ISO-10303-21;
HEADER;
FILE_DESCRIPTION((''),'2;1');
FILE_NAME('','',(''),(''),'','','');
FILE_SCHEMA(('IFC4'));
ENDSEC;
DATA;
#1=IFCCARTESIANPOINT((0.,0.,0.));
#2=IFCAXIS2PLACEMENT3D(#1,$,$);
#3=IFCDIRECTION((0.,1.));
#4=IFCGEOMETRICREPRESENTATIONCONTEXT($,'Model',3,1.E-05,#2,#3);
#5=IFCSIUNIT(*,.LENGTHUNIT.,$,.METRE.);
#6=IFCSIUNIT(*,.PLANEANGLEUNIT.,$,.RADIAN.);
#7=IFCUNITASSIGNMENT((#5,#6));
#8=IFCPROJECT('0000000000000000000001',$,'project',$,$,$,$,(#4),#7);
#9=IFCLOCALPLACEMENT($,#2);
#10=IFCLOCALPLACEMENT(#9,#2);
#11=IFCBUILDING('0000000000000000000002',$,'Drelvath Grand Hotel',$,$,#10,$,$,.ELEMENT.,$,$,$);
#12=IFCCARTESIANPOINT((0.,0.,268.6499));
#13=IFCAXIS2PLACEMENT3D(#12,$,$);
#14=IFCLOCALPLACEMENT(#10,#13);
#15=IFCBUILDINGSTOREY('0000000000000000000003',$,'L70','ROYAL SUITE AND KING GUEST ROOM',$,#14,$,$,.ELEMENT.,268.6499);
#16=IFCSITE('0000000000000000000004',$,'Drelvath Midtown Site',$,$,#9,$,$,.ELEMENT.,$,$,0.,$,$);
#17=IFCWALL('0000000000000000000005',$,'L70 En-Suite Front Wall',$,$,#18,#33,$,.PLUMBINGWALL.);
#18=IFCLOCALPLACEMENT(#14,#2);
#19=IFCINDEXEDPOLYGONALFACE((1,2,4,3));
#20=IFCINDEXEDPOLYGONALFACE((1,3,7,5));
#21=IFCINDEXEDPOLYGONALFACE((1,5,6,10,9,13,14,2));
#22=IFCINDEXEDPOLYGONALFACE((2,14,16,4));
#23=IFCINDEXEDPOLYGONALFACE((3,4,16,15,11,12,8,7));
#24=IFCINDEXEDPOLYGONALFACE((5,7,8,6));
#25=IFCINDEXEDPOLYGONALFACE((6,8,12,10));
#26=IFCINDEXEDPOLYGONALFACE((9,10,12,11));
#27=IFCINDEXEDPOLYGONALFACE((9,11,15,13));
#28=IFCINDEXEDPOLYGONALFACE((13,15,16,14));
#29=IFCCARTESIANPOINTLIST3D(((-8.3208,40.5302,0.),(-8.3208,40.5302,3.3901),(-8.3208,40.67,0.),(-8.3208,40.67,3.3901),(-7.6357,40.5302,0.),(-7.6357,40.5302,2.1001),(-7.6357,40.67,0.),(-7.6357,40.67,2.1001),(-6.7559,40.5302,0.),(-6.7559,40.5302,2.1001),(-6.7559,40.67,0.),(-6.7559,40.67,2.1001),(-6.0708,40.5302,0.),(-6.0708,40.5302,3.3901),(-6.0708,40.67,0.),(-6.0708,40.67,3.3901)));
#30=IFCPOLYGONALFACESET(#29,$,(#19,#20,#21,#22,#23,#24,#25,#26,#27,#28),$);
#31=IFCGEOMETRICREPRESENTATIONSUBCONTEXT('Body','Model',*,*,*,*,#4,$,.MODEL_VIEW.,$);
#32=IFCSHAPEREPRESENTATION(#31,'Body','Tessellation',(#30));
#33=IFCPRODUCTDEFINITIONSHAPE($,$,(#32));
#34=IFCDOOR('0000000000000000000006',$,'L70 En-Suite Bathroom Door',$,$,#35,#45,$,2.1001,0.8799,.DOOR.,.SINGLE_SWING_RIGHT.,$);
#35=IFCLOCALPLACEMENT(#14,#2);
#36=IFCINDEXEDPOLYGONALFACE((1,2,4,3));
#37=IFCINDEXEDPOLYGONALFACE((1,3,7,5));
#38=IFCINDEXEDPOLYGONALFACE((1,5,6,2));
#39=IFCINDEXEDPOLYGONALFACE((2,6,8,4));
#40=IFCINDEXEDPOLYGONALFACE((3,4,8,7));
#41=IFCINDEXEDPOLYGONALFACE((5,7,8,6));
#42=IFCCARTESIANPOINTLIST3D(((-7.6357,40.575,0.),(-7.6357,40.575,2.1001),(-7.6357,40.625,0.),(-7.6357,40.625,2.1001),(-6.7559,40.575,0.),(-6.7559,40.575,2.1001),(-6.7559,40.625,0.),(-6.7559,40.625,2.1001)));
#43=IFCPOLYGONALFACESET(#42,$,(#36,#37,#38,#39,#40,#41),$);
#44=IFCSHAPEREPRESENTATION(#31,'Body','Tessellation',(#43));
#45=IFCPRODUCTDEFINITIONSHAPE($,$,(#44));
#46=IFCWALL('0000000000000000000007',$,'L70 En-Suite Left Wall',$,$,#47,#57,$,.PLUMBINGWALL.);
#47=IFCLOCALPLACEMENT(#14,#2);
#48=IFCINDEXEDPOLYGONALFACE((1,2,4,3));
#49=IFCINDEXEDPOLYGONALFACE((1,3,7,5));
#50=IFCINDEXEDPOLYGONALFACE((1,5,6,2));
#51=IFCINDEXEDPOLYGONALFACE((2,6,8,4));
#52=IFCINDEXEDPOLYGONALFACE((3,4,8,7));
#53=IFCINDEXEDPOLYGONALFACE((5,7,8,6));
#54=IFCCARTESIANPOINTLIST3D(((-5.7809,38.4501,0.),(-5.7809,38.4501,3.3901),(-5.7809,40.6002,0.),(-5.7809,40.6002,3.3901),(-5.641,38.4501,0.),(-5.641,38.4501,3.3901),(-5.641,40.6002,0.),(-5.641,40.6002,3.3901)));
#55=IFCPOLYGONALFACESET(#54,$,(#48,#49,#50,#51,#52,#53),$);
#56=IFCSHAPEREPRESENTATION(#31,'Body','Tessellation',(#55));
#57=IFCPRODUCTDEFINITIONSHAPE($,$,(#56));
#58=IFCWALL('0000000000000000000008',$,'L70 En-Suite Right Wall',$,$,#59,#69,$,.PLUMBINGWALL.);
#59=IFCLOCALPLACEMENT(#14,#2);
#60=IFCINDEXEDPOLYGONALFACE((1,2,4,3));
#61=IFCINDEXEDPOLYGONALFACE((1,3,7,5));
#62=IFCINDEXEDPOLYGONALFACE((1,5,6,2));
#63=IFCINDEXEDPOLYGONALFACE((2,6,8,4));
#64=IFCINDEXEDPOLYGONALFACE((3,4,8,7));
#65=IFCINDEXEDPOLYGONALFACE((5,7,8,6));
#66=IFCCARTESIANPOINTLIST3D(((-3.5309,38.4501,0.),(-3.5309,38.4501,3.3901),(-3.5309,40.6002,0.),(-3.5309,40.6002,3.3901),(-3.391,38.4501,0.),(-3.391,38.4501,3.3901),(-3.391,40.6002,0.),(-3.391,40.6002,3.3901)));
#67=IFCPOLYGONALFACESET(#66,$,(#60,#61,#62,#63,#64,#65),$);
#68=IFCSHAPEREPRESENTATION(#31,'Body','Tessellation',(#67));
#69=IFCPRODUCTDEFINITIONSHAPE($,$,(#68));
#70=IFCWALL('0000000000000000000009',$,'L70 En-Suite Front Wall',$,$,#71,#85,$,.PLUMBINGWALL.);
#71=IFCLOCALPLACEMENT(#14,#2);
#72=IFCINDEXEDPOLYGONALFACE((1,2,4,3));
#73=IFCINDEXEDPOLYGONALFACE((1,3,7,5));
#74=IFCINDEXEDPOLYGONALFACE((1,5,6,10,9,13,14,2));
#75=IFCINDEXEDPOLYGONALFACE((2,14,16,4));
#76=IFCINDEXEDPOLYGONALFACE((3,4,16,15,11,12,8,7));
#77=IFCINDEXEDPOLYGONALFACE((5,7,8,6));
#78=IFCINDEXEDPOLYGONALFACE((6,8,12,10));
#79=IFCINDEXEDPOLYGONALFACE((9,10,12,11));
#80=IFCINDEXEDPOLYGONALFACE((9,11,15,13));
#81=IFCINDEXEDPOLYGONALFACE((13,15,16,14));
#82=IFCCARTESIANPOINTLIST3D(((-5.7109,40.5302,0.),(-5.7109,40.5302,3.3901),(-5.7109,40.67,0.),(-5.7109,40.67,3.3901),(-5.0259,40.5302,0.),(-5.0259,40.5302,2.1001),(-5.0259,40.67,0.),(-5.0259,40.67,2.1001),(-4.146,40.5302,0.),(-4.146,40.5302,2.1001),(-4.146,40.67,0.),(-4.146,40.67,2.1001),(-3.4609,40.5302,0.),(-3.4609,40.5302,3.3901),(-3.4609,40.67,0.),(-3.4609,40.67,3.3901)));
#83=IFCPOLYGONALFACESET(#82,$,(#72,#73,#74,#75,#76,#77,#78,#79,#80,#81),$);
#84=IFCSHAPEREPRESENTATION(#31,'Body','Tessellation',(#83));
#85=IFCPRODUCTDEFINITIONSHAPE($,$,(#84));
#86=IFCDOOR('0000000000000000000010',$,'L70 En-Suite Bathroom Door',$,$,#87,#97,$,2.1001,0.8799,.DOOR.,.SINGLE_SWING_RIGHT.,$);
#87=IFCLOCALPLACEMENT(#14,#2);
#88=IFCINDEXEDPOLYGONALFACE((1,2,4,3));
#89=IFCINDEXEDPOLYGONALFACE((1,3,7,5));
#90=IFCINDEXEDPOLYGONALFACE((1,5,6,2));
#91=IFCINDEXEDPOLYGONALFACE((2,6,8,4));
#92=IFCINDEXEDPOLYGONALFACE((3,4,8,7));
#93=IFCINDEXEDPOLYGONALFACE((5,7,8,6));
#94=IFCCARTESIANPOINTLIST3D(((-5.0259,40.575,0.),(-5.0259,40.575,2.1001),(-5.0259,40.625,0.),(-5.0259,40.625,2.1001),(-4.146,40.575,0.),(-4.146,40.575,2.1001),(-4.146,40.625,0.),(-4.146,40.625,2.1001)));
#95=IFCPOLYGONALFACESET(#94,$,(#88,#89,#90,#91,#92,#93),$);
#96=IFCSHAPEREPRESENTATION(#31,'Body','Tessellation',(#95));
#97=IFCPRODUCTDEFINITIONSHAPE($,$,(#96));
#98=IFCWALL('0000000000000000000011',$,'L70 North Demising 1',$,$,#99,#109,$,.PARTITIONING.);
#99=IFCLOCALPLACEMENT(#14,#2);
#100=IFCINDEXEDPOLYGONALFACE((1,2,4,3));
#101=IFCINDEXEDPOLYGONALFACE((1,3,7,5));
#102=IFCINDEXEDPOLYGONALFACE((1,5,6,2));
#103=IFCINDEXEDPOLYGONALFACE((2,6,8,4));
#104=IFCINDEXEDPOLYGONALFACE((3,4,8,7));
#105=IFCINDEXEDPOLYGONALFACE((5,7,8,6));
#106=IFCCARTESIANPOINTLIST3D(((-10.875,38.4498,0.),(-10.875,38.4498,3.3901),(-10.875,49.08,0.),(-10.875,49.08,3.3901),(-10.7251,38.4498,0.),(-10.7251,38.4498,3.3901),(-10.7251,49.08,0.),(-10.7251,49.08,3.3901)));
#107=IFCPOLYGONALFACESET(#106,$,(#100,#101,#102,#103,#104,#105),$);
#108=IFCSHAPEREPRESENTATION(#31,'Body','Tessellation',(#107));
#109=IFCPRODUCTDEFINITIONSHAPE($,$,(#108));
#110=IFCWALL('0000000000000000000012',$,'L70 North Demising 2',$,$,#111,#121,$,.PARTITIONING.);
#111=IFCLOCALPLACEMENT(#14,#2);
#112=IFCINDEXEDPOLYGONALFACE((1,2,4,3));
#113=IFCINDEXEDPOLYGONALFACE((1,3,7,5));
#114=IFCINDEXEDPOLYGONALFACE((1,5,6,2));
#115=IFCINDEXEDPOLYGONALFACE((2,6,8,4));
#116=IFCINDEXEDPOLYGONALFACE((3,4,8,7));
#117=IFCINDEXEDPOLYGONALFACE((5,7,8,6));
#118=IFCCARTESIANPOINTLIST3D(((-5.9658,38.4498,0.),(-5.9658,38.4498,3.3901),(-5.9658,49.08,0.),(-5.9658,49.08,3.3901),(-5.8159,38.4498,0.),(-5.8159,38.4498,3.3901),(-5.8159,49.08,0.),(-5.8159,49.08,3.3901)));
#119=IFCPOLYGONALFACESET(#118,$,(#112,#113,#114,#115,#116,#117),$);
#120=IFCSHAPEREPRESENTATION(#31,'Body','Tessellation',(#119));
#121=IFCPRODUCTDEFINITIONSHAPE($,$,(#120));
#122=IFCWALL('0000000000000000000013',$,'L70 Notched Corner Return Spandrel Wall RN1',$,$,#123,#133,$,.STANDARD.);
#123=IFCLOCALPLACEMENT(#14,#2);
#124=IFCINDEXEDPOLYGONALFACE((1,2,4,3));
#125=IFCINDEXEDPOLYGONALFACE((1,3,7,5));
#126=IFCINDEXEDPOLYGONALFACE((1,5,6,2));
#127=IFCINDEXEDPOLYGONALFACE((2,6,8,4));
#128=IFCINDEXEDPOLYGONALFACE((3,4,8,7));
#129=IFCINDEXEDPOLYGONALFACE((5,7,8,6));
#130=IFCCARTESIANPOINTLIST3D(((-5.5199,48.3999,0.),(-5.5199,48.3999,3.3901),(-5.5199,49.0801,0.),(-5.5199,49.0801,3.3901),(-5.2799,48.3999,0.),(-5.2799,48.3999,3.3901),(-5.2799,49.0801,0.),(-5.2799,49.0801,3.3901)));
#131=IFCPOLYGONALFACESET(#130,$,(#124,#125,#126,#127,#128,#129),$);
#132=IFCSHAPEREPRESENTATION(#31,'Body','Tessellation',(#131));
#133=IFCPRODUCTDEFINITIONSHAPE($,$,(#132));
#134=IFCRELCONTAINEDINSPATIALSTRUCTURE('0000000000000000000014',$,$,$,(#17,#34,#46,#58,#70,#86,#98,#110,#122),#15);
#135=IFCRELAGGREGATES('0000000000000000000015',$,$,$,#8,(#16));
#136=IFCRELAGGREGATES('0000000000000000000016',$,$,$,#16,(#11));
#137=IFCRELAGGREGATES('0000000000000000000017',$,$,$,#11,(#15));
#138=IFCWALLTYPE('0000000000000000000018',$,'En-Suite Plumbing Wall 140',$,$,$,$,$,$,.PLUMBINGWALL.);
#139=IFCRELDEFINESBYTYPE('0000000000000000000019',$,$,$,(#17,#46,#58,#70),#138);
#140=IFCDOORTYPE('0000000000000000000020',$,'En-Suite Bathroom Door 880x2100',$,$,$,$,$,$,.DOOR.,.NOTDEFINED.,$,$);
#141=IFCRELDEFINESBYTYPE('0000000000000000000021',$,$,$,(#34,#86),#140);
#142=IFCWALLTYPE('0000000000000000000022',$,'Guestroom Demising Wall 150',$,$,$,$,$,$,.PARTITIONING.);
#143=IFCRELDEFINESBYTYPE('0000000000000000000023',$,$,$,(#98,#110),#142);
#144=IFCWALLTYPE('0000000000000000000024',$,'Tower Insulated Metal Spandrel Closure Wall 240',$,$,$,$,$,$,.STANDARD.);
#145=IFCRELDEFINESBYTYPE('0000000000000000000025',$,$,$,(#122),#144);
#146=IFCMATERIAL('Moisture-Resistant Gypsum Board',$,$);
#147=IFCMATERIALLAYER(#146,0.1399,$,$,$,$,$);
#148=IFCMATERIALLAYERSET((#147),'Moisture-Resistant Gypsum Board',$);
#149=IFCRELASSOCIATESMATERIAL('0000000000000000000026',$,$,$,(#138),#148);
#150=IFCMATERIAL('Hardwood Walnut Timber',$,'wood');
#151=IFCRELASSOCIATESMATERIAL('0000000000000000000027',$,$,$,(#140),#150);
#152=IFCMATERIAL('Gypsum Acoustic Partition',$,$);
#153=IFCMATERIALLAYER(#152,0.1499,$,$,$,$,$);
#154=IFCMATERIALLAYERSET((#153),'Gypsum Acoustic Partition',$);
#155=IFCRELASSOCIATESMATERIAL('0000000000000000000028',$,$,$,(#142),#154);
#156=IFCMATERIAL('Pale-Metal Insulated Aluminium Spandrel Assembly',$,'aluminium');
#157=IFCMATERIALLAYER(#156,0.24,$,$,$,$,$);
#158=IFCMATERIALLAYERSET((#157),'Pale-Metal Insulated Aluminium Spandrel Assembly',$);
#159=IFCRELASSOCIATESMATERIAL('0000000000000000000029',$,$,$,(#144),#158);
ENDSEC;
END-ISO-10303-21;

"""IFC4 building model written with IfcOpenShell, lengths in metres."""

from ifc_helpers import new_model, si_unit, direction, frame, frame_2d, origin, place, context, subcontext, project, spatial, rectangle, extrude, material, layer, layer_set, type_object, element, fill, save


model = new_model("IFC4")

# Units and contexts
model_context = context("Model", 3, precision=1e-05, world=origin(), true_north=direction((0.0, 1.0)))
body_context = subcontext(model_context, "Body", "Model", "MODEL_VIEW")
ifc_project = project(units=[si_unit("LENGTHUNIT", "METRE"), si_unit("PLANEANGLEUNIT", "RADIAN")], contexts=[model_context])

# Site, building, storey
site_placement = place(None, origin())
site = spatial("IfcSite", under=ifc_project, at=site_placement, Name="Drelvath Midtown Site", CompositionType="ELEMENT", RefElevation=0.0)
building_placement = place(site_placement, origin())
building = spatial("IfcBuilding", under=site, at=building_placement, Name="Drelvath Grand Hotel", CompositionType="ELEMENT")
storey_placement = place(building_placement, frame((0.0, 0.0, 268.6499)))
storey = spatial("IfcBuildingStorey", under=building, at=storey_placement, Name="L70", Description="ROYAL SUITE AND KING GUEST ROOM", CompositionType="ELEMENT", Elevation=268.6499)

# Shared definitions
ifc_material_1 = material(Name="Moisture-Resistant Gypsum Board")
ifc_layer_1 = layer(ifc_material_1, 0.1399)
ifc_layer_set_1 = layer_set([ifc_layer_1], Name="Moisture-Resistant Gypsum Board")
wall_type_1 = type_object("IfcWallType", Name="En-Suite Plumbing Wall 140", PredefinedType="PLUMBINGWALL", material=ifc_layer_set_1)

# Wall, opening, door
wall_1_placement = place(storey_placement, frame((-8.3208, 40.6001, 0.0), z_axis=(0.0, 0.0, 1.0), x_axis=(1.0, 0.0, 0.0)))
wall_1 = element("IfcWall", 1, at=wall_1_placement, inside=storey, type_object=wall_type_1, Name="L70 En-Suite Front Wall", PredefinedType="PLUMBINGWALL", context=body_context, shape_type="SweptSolid", body=[
    extrude(rectangle(XDim=2.25, YDim=0.1399, at=frame_2d((1.125, 0.0))), origin(), (0.0, 0.0, 1.0), 3.3901),
])
opening_1_placement = place(wall_1_placement, frame((0.6851, 0.0, 0.0)))
opening_1 = element("IfcOpeningElement", 2, at=opening_1_placement, cuts=wall_1, PredefinedType="OPENING", context=body_context, shape_type="SweptSolid", body=[
    extrude(rectangle(XDim=0.8799, YDim=2.1001, at=frame_2d((0.4399, 1.05))), frame((0.0, 0.0798, 0.0), z_axis=(0.0, -1.0, 0.0), x_axis=(1.0, 0.0, 0.0)), (0.0, 0.0, 1.0), 0.1599),
])
ifc_material_2 = material(Name="Hardwood Walnut Timber", Category="wood")
door_type = type_object("IfcDoorType", Name="En-Suite Bathroom Door 880x2100", OperationType="NOTDEFINED", PredefinedType="DOOR", material=ifc_material_2)
door_1_placement = place(opening_1_placement, origin())
door_1 = element("IfcDoor", 3, at=door_1_placement, inside=storey, type_object=door_type, Name="L70 En-Suite Bathroom Door", OperationType="SINGLE_SWING_RIGHT", OverallHeight=2.1001, OverallWidth=0.8799, PredefinedType="DOOR", context=body_context, shape_type="SweptSolid", body=[
    extrude(rectangle(XDim=0.8799, YDim=2.1001, at=frame_2d((0.4399, 1.05))), frame((0.0, 0.0249, 0.0), z_axis=(0.0, -1.0, 0.0), x_axis=(1.0, 0.0, 0.0)), (0.0, 0.0, 1.0), 0.05),
])
fill(opening_1, door_1)

# Walls
for number, where, z_axis, x_axis, name in (
    (4, (-5.7109, 38.45, 0.0), (0.0, 0.0, 1.0), (0.0, 1.0, 0.0), "L70 En-Suite Left Wall"),
    (5, (-3.4609, 38.45, 0.0), (0.0, 0.0, 1.0), (0.0, 1.0, 0.0), "L70 En-Suite Right Wall"),
):
    element("IfcWall", number, at=place(storey_placement, frame(where, z_axis=z_axis, x_axis=x_axis)), inside=storey, type_object=wall_type_1, Name=name, PredefinedType="PLUMBINGWALL", context=body_context, shape_type="SweptSolid", body=[
        extrude(rectangle(XDim=2.1501, YDim=0.1399, at=frame_2d((1.0752, 0.0))), origin(), (0.0, 0.0, 1.0), 3.3901),
    ])

# Wall, opening, door
wall_2_placement = place(storey_placement, frame((-5.7109, 40.6001, 0.0), z_axis=(0.0, 0.0, 1.0), x_axis=(1.0, 0.0, 0.0)))
wall_2 = element("IfcWall", 6, at=wall_2_placement, inside=storey, type_object=wall_type_1, Name="L70 En-Suite Front Wall", PredefinedType="PLUMBINGWALL", context=body_context, shape_type="SweptSolid", body=[
    extrude(rectangle(XDim=2.25, YDim=0.1399, at=frame_2d((1.125, 0.0))), origin(), (0.0, 0.0, 1.0), 3.3901),
])
opening_2_placement = place(wall_2_placement, frame((0.6851, 0.0, 0.0)))
opening_2 = element("IfcOpeningElement", 7, at=opening_2_placement, cuts=wall_2, PredefinedType="OPENING", context=body_context, shape_type="SweptSolid", body=[
    extrude(rectangle(XDim=0.8799, YDim=2.1001, at=frame_2d((0.4399, 1.05))), frame((0.0, 0.0798, 0.0), z_axis=(0.0, -1.0, 0.0), x_axis=(1.0, 0.0, 0.0)), (0.0, 0.0, 1.0), 0.1599),
])
door_2_placement = place(opening_2_placement, origin())
door_2 = element("IfcDoor", 8, at=door_2_placement, inside=storey, type_object=door_type, Name="L70 En-Suite Bathroom Door", OperationType="SINGLE_SWING_RIGHT", OverallHeight=2.1001, OverallWidth=0.8799, PredefinedType="DOOR", context=body_context, shape_type="SweptSolid", body=[
    extrude(rectangle(XDim=0.8799, YDim=2.1001, at=frame_2d((0.4399, 1.05))), frame((0.0, 0.0249, 0.0), z_axis=(0.0, -1.0, 0.0), x_axis=(1.0, 0.0, 0.0)), (0.0, 0.0, 1.0), 0.05),
])
fill(opening_2, door_2)

# Walls
ifc_material_3 = material(Name="Gypsum Acoustic Partition")
ifc_layer_2 = layer(ifc_material_3, 0.1499)
ifc_layer_set_2 = layer_set([ifc_layer_2], Name="Gypsum Acoustic Partition")
wall_type_2 = type_object("IfcWallType", Name="Guestroom Demising Wall 150", PredefinedType="PARTITIONING", material=ifc_layer_set_2)
for number, where, z_axis, x_axis, name in (
    (9, (-10.8, 38.45, 0.0), (0.0, 0.0, 1.0), (0.0, 1.0, 0.0), "L70 North Demising 1"),
    (10, (-5.8909, 38.45, 0.0), (0.0, 0.0, 1.0), (0.0, 1.0, 0.0), "L70 North Demising 2"),
):
    element("IfcWall", number, at=place(storey_placement, frame(where, z_axis=z_axis, x_axis=x_axis)), inside=storey, type_object=wall_type_2, Name=name, PredefinedType="PARTITIONING", context=body_context, shape_type="SweptSolid", body=[
        extrude(rectangle(XDim=10.6301, YDim=0.1499, at=frame_2d((5.3149, 0.0))), origin(), (0.0, 0.0, 1.0), 3.3901),
    ])
ifc_material_4 = material(Name="Pale-Metal Insulated Aluminium Spandrel Assembly", Category="aluminium")
ifc_layer_3 = layer(ifc_material_4, 0.24)
ifc_layer_set_3 = layer_set([ifc_layer_3], Name="Pale-Metal Insulated Aluminium Spandrel Assembly")
wall_type_3 = type_object("IfcWallType", Name="Tower Insulated Metal Spandrel Closure Wall 240", PredefinedType="STANDARD", material=ifc_layer_set_3)
wall_3_placement = place(storey_placement, frame((-5.3999, 49.0801, 0.0), z_axis=(0.0, 0.0, 1.0), x_axis=(0.0, -1.0, 0.0)))
element("IfcWall", 11, at=wall_3_placement, inside=storey, type_object=wall_type_3, Name="L70 Notched Corner Return Spandrel Wall RN1", PredefinedType="STANDARD", context=body_context, shape_type="SweptSolid", body=[
    extrude(rectangle(XDim=0.6802, YDim=0.24, at=frame_2d((0.3401, 0.0))), origin(), (0.0, 0.0, 1.0), 3.3901),
])

save(model, "model.ifc")
